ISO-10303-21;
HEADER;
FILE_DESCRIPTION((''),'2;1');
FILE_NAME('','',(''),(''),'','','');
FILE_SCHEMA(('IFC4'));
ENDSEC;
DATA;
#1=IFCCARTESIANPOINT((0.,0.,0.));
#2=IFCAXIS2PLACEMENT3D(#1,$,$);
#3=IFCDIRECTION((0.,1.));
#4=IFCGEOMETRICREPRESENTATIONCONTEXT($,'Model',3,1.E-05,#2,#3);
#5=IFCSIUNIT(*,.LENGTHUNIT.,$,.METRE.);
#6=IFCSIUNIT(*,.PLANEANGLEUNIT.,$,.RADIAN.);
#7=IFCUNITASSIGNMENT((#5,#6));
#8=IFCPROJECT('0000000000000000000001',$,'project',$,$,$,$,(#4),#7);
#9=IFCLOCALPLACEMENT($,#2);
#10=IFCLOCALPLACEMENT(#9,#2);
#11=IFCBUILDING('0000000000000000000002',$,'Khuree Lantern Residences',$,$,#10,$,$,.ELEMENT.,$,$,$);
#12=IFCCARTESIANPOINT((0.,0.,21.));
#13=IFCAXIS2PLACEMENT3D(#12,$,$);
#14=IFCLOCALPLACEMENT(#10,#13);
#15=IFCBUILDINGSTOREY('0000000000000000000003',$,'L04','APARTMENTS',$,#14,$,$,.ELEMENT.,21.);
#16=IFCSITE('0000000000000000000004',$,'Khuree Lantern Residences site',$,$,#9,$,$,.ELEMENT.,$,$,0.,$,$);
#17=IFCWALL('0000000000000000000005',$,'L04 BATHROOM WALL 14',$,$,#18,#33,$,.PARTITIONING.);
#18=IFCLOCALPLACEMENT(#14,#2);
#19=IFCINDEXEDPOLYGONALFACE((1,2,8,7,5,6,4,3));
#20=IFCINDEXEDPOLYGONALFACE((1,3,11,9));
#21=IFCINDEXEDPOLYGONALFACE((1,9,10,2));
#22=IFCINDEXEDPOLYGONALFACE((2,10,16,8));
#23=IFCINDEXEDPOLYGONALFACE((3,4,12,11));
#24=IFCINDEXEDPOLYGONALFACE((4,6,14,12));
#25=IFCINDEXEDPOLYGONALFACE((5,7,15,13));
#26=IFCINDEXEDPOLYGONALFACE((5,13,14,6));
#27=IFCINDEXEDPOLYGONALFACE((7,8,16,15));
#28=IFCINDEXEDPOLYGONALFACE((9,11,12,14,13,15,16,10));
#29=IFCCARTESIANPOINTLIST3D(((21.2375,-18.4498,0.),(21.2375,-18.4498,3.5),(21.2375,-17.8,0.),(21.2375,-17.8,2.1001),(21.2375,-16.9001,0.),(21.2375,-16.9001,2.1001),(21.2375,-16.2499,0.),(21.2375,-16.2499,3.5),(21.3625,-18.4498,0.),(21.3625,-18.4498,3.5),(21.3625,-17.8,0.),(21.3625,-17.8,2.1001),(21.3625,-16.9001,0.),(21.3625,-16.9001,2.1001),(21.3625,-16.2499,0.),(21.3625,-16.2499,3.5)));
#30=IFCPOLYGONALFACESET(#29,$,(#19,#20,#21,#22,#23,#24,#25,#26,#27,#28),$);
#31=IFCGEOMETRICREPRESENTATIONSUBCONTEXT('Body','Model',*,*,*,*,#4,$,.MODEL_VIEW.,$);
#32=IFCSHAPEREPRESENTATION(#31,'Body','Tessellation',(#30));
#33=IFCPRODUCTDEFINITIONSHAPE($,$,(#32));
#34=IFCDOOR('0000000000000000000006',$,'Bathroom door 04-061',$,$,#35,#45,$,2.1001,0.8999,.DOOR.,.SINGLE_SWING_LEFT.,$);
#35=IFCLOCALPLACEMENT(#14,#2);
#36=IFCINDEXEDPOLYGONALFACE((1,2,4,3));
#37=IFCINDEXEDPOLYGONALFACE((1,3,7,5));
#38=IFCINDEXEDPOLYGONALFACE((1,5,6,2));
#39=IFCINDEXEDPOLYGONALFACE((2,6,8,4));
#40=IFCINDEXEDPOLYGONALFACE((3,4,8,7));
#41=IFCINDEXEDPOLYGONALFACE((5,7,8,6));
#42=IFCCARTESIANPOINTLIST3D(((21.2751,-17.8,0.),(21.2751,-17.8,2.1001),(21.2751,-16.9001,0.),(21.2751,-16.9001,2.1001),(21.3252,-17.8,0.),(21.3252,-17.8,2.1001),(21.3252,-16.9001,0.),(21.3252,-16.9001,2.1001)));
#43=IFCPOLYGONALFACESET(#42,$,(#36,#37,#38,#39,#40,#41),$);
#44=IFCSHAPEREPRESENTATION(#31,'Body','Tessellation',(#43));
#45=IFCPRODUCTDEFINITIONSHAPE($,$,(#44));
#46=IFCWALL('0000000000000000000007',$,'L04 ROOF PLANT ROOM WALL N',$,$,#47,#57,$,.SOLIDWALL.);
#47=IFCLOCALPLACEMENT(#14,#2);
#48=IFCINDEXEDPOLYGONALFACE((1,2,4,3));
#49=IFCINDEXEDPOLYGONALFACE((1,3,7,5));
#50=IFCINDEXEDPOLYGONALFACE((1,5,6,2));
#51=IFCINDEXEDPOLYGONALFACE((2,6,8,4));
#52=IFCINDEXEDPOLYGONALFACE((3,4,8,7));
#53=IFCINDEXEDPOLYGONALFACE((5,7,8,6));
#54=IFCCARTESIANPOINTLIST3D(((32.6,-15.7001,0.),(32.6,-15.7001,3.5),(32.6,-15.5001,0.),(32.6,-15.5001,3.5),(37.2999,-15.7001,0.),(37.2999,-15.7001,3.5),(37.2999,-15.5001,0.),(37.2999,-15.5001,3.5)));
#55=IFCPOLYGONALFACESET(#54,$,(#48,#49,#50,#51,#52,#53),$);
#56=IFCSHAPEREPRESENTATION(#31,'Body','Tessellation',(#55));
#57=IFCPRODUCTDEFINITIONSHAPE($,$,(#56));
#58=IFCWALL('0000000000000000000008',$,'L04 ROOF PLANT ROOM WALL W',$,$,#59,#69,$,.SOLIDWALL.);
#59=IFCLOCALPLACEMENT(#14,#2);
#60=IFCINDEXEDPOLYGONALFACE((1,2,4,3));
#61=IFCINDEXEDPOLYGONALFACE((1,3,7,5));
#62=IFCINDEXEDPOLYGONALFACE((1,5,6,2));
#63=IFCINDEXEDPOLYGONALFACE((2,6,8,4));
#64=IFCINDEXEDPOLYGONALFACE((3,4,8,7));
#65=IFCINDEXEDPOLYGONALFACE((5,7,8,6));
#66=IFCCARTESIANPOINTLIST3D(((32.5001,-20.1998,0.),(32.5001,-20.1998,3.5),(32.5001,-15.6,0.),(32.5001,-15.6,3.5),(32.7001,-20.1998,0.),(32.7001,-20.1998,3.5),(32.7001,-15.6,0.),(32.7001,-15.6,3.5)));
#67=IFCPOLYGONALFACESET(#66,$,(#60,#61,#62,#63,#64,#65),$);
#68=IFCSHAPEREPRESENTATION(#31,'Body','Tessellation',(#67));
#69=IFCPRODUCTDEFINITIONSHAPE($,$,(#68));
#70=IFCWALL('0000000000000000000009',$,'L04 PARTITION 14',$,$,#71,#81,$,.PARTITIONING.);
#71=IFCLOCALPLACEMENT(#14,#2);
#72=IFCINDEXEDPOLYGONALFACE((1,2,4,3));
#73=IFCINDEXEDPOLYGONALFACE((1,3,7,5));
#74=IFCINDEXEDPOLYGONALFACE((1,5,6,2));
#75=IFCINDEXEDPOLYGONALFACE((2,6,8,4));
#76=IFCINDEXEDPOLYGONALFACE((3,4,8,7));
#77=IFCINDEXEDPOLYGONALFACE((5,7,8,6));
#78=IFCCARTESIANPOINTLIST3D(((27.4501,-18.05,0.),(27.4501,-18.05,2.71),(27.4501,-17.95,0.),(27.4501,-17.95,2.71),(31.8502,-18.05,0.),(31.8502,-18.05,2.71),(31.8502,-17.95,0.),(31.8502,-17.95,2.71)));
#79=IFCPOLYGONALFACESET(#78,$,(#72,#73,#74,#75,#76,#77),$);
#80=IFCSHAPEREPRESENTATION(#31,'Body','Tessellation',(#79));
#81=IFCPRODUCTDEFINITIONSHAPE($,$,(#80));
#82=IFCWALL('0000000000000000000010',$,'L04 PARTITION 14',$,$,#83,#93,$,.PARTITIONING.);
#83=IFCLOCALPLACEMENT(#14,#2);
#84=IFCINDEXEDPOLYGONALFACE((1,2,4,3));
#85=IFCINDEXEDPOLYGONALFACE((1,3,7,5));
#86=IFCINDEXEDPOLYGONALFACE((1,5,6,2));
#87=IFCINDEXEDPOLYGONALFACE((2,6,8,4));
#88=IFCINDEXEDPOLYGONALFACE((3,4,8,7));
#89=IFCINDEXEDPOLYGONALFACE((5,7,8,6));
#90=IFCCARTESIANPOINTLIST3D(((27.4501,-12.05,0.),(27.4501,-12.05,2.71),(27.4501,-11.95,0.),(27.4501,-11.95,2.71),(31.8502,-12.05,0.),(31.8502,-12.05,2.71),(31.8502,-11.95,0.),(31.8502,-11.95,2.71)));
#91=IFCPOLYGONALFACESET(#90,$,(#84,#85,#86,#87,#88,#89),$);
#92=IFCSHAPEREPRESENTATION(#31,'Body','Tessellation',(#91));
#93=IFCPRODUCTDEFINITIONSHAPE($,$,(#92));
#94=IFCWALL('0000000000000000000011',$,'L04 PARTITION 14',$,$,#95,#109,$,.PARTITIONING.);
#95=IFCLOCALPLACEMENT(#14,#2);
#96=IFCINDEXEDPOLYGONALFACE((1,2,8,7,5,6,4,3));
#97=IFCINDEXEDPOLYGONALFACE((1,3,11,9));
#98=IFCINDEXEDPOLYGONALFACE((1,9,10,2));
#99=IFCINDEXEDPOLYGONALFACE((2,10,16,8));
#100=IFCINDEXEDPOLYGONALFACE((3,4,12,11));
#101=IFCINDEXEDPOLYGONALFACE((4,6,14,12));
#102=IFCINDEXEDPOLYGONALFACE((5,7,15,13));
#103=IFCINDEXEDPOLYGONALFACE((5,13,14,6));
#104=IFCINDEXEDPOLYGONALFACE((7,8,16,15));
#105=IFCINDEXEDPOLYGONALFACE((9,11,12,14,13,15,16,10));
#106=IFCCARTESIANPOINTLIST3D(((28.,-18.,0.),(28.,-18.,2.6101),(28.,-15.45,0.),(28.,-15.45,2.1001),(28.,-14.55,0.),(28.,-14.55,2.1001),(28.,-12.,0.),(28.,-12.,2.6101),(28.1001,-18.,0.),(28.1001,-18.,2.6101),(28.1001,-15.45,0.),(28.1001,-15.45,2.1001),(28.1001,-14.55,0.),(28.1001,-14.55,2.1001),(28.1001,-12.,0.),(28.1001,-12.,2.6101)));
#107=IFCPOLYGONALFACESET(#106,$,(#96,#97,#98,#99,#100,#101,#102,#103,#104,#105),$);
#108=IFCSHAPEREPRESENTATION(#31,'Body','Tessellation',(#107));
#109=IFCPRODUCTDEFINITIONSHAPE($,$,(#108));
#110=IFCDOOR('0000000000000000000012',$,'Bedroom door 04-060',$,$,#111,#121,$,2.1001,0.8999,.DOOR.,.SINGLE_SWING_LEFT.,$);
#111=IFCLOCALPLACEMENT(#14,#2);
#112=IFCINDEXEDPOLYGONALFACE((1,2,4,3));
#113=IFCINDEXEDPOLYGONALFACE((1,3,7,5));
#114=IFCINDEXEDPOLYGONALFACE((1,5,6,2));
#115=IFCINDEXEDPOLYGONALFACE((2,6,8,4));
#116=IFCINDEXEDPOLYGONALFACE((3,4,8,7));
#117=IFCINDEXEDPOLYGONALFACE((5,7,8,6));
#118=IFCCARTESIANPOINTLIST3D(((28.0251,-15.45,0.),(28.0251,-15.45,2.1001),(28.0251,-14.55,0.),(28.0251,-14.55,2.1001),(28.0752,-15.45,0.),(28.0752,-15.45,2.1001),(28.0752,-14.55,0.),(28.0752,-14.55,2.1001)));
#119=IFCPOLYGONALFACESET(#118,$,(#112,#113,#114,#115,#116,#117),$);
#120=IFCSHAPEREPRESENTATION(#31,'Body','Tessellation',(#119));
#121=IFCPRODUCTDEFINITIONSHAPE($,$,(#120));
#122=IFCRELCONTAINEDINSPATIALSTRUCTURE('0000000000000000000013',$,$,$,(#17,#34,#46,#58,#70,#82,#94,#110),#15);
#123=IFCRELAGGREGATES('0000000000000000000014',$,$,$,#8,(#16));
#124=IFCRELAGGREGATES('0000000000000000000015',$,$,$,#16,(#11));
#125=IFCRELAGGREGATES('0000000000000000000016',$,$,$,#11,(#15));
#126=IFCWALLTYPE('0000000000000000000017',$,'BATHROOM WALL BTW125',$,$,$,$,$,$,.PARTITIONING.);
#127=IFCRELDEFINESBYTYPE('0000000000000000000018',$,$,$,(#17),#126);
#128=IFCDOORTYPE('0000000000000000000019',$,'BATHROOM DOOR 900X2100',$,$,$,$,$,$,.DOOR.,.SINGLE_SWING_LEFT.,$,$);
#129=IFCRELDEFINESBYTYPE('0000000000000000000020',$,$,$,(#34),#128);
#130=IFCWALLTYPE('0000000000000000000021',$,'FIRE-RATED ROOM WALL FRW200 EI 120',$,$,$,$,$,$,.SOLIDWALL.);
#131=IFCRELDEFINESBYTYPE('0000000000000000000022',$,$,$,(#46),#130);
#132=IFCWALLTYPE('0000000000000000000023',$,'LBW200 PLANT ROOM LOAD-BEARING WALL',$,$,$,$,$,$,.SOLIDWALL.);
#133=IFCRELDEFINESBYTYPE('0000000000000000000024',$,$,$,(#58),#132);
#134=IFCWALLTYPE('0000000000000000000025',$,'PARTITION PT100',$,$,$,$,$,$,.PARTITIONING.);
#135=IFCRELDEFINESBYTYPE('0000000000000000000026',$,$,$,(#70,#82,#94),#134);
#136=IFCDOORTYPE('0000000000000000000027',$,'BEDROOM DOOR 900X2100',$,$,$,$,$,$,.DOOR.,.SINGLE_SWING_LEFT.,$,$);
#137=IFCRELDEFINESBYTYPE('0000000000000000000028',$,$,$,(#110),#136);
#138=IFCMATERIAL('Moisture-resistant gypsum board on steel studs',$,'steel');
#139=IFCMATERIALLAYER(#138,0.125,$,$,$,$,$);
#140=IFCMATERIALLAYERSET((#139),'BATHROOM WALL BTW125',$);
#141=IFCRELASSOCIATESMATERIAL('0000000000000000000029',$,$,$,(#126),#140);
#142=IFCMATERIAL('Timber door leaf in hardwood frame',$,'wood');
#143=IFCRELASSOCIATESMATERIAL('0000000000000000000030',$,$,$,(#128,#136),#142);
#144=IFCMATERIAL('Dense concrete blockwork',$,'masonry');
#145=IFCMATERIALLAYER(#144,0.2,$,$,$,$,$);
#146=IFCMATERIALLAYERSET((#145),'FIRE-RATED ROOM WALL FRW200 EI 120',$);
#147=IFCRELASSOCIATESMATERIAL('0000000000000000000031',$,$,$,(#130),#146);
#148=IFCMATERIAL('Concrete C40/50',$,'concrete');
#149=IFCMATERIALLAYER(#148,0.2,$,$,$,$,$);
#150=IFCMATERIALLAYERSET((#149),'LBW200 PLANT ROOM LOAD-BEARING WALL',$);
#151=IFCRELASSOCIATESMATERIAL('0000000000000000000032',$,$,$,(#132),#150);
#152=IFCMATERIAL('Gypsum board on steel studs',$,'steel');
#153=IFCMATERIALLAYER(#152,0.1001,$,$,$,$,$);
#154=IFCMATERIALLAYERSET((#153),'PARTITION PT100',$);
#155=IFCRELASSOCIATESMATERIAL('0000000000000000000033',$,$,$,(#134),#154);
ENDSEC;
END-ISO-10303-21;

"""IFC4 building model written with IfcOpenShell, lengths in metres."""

from ifc_helpers import new_model, si_unit, direction, frame, frame_2d, origin, place, context, subcontext, project, spatial, rectangle, extrude, material, layer, layer_set, type_object, element, fill, save


model = new_model("IFC4")

# Units and contexts
model_context = context("Model", 3, precision=1e-05, world=origin(), true_north=direction((0.0, 1.0)))
body_context = subcontext(model_context, "Body", "Model", "MODEL_VIEW")
ifc_project = project(units=[si_unit("LENGTHUNIT", "METRE"), si_unit("PLANEANGLEUNIT", "RADIAN")], contexts=[model_context])

# Site, building, storey
site_placement = place(None, origin())
site = spatial("IfcSite", under=ifc_project, at=site_placement, Name="Khuree Lantern Residences site", CompositionType="ELEMENT", RefElevation=0.0)
building_placement = place(site_placement, origin())
building = spatial("IfcBuilding", under=site, at=building_placement, Name="Khuree Lantern Residences", CompositionType="ELEMENT")
storey_placement = place(building_placement, frame((0.0, 0.0, 21.0)))
storey = spatial("IfcBuildingStorey", under=building, at=storey_placement, Name="L04", Description="APARTMENTS", CompositionType="ELEMENT", Elevation=21.0)

# Shared definitions
ifc_material_1 = material(Name="Concrete C40/50", Category="concrete")

# Shared definitions
ifc_material_2 = material(Name="Moisture-resistant gypsum board on steel studs", Category="steel")
ifc_layer_1 = layer(ifc_material_2, 0.125)
ifc_layer_set_1 = layer_set([ifc_layer_1], Name="BATHROOM WALL BTW125")
wall_type_1 = type_object("IfcWallType", Name="BATHROOM WALL BTW125", PredefinedType="PARTITIONING", material=ifc_layer_set_1)
ifc_material_3 = material(Name="Timber door leaf in hardwood frame", Category="wood")
door_type_1 = type_object("IfcDoorType", Name="BATHROOM DOOR 900X2100", OperationType="SINGLE_SWING_LEFT", PredefinedType="DOOR", material=ifc_material_3)

# Wall, opening, door
wall_1_placement = place(storey_placement, frame((21.3, -18.45, 0.0), z_axis=(0.0, 0.0, 1.0), x_axis=(0.0, 1.0, 0.0)))
wall_1 = element("IfcWall", 1, at=wall_1_placement, inside=storey, type_object=wall_type_1, Name="L04 BATHROOM WALL 14", PredefinedType="PARTITIONING", context=body_context, shape_type="SweptSolid", body=[
    extrude(rectangle(XDim=2.2, YDim=0.125, at=frame_2d((1.1001, 0.0))), origin(), (0.0, 0.0, 1.0), 3.5),
])
opening_1_placement = place(wall_1_placement, frame((0.6499, 0.0, 0.0)))
opening_1 = element("IfcOpeningElement", 2, at=opening_1_placement, cuts=wall_1, PredefinedType="OPENING", context=body_context, shape_type="SweptSolid", body=[
    extrude(rectangle(XDim=0.8999, YDim=2.1001, at=frame_2d((0.45, 1.05))), frame((0.0, 0.0725, 0.0), z_axis=(0.0, -1.0, 0.0), x_axis=(1.0, 0.0, 0.0)), (0.0, 0.0, 1.0), 0.145),
])
door_1_placement = place(opening_1_placement, origin())
door_1 = element("IfcDoor", 3, at=door_1_placement, inside=storey, type_object=door_type_1, Name="Bathroom door 04-061", OperationType="SINGLE_SWING_LEFT", OverallHeight=2.1001, OverallWidth=0.8999, PredefinedType="DOOR", context=body_context, shape_type="SweptSolid", body=[
    extrude(rectangle(XDim=0.8999, YDim=2.1001, at=frame_2d((0.45, 1.05))), frame((0.0, 0.0249, 0.0), z_axis=(0.0, -1.0, 0.0), x_axis=(1.0, 0.0, 0.0)), (0.0, 0.0, 1.0), 0.05),
])
fill(opening_1, door_1)

# Walls
ifc_material_4 = material(Name="Dense concrete blockwork", Category="masonry")
ifc_layer_2 = layer(ifc_material_4, 0.2)
ifc_layer_set_2 = layer_set([ifc_layer_2], Name="FIRE-RATED ROOM WALL FRW200 EI 120")
wall_type_2 = type_object("IfcWallType", Name="FIRE-RATED ROOM WALL FRW200 EI 120", PredefinedType="SOLIDWALL", material=ifc_layer_set_2)
wall_2_placement = place(storey_placement, frame((37.3, -15.6001, 0.0), z_axis=(0.0, 0.0, 1.0), x_axis=(-1.0, 0.0, 0.0)))
element("IfcWall", 4, at=wall_2_placement, inside=storey, type_object=wall_type_2, Name="L04 ROOF PLANT ROOM WALL N", PredefinedType="SOLIDWALL", context=body_context, shape_type="SweptSolid", body=[
    extrude(rectangle(XDim=4.7, YDim=0.2, at=frame_2d((2.3501, 0.0))), origin(), (0.0, 0.0, 1.0), 3.5),
])
ifc_layer_3 = layer(ifc_material_1, 0.2)
ifc_layer_set_3 = layer_set([ifc_layer_3], Name="LBW200 PLANT ROOM LOAD-BEARING WALL")
wall_type_3 = type_object("IfcWallType", Name="LBW200 PLANT ROOM LOAD-BEARING WALL", PredefinedType="SOLIDWALL", material=ifc_layer_set_3)
wall_3_placement = place(storey_placement, frame((32.6001, -15.6001, 0.0), z_axis=(0.0, 0.0, 1.0), x_axis=(0.0, -1.0, 0.0)))
element("IfcWall", 5, at=wall_3_placement, inside=storey, type_object=wall_type_3, Name="L04 ROOF PLANT ROOM WALL W", PredefinedType="SOLIDWALL", context=body_context, shape_type="SweptSolid", body=[
    extrude(rectangle(XDim=4.5999, YDim=0.2, at=frame_2d((2.2998, 0.0))), origin(), (0.0, 0.0, 1.0), 3.5),
])
ifc_material_5 = material(Name="Gypsum board on steel studs", Category="steel")
ifc_layer_4 = layer(ifc_material_5, 0.1001)
ifc_layer_set_4 = layer_set([ifc_layer_4], Name="PARTITION PT100")
wall_type_4 = type_object("IfcWallType", Name="PARTITION PT100", PredefinedType="PARTITIONING", material=ifc_layer_set_4)
for number, where, z_axis, x_axis, name in (
    (6, (27.45, -18.0, 0.0), (0.0, 0.0, 1.0), (1.0, 0.0, 0.0), "L04 PARTITION 14"),
    (7, (27.45, -12.0, 0.0), (0.0, 0.0, 1.0), (1.0, 0.0, 0.0), "L04 PARTITION 14"),
):
    element("IfcWall", number, at=place(storey_placement, frame(where, z_axis=z_axis, x_axis=x_axis)), inside=storey, type_object=wall_type_4, Name=name, PredefinedType="PARTITIONING", context=body_context, shape_type="SweptSolid", body=[
        extrude(rectangle(XDim=4.4001, YDim=0.1001, at=frame_2d((2.2002, 0.0))), origin(), (0.0, 0.0, 1.0), 2.71),
    ])

# Wall, opening, door
wall_4_placement = place(storey_placement, frame((28.05, -18.0, 0.0), z_axis=(0.0, 0.0, 1.0), x_axis=(0.0, 1.0, 0.0)))
wall_4 = element("IfcWall", 8, at=wall_4_placement, inside=storey, type_object=wall_type_4, Name="L04 PARTITION 14", PredefinedType="PARTITIONING", context=body_context, shape_type="SweptSolid", body=[
    extrude(rectangle(XDim=6.0, YDim=0.1001, at=frame_2d((3.0, 0.0))), origin(), (0.0, 0.0, 1.0), 2.6101),
])
opening_2_placement = place(wall_4_placement, frame((2.55, 0.0, 0.0)))
opening_2 = element("IfcOpeningElement", 9, at=opening_2_placement, cuts=wall_4, PredefinedType="OPENING", context=body_context, shape_type="SweptSolid", body=[
    extrude(rectangle(XDim=0.8999, YDim=2.1001, at=frame_2d((0.45, 1.05))), frame((0.0, 0.0601, 0.0), z_axis=(0.0, -1.0, 0.0), x_axis=(1.0, 0.0, 0.0)), (0.0, 0.0, 1.0), 0.1201),
])
door_type_2 = type_object("IfcDoorType", Name="BEDROOM DOOR 900X2100", OperationType="SINGLE_SWING_LEFT", PredefinedType="DOOR", material=ifc_material_3)
door_2_placement = place(opening_2_placement, origin())
door_2 = element("IfcDoor", 10, at=door_2_placement, inside=storey, type_object=door_type_2, Name="Bedroom door 04-060", OperationType="SINGLE_SWING_LEFT", OverallHeight=2.1001, OverallWidth=0.8999, PredefinedType="DOOR", context=body_context, shape_type="SweptSolid", body=[
    extrude(rectangle(XDim=0.8999, YDim=2.1001, at=frame_2d((0.45, 1.05))), frame((0.0, 0.0249, 0.0), z_axis=(0.0, -1.0, 0.0), x_axis=(1.0, 0.0, 0.0)), (0.0, 0.0, 1.0), 0.05),
])
fill(opening_2, door_2)

save(model, "model.ifc")
